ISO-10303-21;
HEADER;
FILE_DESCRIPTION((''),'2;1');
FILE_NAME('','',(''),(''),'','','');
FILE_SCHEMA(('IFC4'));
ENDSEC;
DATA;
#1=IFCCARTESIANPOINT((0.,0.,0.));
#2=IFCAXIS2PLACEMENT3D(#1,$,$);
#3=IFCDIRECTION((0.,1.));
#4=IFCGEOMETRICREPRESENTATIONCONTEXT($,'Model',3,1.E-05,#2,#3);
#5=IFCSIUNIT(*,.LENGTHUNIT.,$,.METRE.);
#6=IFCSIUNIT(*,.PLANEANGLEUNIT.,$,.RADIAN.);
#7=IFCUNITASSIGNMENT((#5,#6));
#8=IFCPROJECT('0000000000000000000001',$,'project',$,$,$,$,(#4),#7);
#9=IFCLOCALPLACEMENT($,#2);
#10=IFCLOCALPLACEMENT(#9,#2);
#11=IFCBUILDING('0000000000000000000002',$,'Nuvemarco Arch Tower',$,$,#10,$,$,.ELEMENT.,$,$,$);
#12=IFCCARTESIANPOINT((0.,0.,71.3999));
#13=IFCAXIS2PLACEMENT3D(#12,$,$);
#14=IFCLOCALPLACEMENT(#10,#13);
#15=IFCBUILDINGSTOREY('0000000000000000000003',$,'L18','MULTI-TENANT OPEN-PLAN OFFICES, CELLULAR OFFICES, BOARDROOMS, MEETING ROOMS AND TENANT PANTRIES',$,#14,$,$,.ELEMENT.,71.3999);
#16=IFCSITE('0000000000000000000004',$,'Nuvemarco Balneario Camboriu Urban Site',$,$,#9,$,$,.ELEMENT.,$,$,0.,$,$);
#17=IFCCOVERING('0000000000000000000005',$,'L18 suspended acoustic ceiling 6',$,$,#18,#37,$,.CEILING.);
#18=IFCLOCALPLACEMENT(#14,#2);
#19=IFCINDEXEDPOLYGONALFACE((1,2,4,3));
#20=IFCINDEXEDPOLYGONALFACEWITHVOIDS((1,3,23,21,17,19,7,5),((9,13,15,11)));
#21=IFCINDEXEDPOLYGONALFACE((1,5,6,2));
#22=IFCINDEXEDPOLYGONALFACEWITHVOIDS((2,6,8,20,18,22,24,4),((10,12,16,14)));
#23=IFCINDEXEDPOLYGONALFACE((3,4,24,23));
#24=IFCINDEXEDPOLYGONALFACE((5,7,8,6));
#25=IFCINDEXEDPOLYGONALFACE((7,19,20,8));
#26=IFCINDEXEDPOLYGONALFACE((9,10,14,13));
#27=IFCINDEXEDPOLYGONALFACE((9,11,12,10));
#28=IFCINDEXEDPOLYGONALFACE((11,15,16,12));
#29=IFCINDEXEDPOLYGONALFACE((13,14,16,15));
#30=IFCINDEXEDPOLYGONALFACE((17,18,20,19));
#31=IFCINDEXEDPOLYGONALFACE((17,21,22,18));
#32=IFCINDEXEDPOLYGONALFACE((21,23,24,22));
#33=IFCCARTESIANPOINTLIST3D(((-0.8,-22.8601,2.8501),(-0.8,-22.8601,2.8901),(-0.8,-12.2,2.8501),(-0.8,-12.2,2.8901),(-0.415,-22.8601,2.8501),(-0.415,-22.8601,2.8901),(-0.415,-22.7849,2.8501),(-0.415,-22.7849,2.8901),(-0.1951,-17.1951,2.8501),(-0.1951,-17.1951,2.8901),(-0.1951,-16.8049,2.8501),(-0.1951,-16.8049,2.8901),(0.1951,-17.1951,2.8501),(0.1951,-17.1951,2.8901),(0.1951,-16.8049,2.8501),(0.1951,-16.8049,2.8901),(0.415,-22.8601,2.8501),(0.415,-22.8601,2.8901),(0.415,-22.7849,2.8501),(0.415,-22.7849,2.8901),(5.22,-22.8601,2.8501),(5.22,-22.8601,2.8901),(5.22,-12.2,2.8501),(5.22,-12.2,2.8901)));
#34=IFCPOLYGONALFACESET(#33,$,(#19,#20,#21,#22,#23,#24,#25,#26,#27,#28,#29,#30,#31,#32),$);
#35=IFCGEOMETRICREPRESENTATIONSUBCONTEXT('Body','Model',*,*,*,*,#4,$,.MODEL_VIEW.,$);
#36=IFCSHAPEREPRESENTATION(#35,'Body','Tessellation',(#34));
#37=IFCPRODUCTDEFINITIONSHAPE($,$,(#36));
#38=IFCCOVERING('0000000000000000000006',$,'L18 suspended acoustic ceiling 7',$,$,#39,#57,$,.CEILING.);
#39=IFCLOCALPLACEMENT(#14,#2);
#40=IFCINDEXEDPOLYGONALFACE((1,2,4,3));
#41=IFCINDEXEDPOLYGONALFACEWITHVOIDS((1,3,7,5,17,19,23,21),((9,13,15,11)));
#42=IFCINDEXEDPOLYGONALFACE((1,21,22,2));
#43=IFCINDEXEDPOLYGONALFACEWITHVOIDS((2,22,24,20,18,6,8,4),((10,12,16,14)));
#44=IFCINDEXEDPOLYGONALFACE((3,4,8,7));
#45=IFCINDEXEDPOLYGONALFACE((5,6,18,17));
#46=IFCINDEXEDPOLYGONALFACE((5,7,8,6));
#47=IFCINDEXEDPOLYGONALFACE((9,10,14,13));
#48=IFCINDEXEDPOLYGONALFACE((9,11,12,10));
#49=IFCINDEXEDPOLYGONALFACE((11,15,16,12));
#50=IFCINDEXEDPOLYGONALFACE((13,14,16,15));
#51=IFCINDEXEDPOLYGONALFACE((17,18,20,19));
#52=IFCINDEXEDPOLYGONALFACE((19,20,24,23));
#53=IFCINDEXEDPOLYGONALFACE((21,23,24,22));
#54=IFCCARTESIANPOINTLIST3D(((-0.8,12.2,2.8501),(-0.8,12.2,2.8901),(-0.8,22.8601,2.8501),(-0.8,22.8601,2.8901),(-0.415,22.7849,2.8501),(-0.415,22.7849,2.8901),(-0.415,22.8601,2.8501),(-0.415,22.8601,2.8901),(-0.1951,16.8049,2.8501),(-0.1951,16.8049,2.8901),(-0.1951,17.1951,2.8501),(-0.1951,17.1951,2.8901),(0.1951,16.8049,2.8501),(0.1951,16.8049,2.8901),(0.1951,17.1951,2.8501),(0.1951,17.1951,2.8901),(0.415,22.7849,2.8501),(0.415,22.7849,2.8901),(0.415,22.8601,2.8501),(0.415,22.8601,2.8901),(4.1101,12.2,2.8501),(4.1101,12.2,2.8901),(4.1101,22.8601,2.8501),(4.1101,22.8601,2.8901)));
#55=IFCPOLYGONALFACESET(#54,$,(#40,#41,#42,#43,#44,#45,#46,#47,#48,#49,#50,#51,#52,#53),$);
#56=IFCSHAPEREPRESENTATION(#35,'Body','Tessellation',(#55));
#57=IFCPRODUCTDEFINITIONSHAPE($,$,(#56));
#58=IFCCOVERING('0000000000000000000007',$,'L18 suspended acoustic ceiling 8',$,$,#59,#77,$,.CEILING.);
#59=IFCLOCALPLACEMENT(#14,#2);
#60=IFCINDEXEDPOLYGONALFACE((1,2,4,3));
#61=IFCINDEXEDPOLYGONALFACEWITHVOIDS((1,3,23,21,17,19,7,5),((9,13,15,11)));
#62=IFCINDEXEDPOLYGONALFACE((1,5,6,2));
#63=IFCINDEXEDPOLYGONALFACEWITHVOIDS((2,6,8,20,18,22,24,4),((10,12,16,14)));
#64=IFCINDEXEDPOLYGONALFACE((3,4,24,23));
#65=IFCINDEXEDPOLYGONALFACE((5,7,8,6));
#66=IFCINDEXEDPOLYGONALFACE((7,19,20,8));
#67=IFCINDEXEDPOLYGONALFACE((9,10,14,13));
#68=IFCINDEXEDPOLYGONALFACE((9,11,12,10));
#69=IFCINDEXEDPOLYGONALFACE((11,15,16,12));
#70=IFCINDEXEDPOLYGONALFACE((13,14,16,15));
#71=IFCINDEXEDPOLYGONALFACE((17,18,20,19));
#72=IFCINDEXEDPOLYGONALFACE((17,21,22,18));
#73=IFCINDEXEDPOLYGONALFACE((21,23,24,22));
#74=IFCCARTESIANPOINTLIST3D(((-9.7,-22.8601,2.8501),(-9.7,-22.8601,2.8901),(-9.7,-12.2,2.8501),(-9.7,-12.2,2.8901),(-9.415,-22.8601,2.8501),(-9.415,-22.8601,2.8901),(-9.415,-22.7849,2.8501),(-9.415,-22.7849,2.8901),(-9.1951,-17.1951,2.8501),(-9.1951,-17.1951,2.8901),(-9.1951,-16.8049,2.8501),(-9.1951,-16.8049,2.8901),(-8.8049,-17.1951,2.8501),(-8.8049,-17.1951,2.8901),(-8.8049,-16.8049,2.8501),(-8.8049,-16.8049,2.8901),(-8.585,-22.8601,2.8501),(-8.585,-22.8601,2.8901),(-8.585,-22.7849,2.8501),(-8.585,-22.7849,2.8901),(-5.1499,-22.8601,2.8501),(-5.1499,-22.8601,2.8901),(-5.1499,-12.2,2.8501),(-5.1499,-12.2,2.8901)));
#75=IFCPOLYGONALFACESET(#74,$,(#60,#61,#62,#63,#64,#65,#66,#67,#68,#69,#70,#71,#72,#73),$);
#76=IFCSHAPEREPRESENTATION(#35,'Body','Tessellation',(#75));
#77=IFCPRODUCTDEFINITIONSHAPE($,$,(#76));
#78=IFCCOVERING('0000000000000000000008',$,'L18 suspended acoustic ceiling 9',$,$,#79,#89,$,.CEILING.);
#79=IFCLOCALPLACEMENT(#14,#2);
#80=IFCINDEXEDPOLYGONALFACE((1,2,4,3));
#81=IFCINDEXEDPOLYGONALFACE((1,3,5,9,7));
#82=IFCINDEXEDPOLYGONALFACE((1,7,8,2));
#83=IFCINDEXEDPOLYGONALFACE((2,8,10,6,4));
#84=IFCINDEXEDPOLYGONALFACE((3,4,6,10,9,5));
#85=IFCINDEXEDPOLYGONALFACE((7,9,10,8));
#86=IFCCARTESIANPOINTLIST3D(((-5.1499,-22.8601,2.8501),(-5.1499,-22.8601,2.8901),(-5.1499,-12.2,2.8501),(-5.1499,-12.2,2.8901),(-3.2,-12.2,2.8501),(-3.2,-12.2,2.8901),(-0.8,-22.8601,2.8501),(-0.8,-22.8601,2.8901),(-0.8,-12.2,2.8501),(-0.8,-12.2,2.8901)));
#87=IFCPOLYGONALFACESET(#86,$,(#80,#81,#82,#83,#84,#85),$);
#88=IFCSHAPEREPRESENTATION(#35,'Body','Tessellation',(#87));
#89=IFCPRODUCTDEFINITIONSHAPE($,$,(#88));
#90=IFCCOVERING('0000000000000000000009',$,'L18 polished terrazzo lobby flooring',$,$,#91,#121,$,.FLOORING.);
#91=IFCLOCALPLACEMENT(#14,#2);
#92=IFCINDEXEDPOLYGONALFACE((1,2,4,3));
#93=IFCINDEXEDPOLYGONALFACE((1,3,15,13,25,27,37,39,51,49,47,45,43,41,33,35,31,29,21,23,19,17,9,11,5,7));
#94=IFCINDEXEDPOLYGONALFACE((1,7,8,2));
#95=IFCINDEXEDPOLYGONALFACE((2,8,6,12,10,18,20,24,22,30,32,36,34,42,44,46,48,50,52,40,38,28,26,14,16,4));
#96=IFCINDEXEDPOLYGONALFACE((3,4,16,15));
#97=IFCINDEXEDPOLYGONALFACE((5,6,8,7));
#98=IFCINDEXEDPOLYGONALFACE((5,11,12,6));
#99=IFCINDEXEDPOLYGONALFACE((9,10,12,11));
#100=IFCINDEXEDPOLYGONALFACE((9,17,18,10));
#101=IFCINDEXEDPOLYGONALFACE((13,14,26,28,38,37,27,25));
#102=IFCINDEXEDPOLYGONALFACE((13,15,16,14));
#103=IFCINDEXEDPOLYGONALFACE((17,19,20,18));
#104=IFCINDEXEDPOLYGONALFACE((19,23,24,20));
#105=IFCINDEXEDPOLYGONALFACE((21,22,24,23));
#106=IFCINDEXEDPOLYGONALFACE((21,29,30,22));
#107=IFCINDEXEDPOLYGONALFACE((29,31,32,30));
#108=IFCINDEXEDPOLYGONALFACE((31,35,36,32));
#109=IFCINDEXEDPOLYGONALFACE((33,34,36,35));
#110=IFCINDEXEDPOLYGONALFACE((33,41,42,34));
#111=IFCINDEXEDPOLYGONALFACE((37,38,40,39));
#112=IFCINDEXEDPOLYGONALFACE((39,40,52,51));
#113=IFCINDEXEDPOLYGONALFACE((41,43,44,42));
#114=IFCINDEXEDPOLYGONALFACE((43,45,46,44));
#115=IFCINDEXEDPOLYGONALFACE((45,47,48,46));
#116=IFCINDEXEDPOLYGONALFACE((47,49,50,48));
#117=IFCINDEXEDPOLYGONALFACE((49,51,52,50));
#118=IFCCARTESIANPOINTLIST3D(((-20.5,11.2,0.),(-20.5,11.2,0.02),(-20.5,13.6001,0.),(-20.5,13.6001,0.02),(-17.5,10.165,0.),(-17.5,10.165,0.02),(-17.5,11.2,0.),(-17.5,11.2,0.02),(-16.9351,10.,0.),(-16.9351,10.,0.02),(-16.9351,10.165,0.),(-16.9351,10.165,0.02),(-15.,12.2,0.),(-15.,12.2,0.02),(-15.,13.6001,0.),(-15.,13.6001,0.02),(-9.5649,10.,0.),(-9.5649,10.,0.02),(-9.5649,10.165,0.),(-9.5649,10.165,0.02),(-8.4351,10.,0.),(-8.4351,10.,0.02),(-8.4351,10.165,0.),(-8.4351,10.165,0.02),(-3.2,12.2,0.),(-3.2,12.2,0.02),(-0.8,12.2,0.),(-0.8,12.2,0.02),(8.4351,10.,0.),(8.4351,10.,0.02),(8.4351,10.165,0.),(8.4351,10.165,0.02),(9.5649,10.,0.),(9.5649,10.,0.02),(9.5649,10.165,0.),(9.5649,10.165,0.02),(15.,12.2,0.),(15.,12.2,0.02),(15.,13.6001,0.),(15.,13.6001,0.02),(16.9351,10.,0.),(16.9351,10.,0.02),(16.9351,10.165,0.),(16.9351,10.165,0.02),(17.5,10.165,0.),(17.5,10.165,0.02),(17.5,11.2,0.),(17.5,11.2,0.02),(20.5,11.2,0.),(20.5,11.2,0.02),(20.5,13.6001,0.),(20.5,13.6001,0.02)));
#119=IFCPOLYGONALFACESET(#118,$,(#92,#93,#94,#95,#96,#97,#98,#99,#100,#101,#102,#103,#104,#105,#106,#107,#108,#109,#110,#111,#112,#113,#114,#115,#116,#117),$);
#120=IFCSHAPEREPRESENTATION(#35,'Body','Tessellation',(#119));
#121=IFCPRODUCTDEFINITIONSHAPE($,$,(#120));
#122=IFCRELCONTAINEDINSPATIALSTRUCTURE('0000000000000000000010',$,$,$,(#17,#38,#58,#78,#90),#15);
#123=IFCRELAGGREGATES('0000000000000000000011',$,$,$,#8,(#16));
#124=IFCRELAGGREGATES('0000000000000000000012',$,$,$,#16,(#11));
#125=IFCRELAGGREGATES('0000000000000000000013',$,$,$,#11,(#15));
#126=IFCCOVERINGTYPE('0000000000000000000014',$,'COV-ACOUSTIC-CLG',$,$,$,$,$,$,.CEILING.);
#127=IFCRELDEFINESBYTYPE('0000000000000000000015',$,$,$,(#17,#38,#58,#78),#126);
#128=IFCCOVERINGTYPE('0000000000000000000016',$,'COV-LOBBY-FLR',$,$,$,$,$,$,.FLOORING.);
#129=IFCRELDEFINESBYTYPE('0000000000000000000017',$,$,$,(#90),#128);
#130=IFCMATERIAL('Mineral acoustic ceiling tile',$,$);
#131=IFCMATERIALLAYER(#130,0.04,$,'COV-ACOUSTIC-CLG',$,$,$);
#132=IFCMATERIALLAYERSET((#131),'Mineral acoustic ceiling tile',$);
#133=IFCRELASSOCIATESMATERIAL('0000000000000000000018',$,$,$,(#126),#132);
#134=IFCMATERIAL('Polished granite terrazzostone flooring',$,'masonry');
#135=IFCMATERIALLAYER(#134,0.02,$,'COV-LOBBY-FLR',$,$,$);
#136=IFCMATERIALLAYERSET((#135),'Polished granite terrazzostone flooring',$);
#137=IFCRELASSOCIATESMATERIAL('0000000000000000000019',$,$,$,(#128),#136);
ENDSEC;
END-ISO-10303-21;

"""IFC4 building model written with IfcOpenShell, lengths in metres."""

from ifc_helpers import new_model, si_unit, direction, frame, origin, place, context, subcontext, project, spatial, polyline, outline, extrude, material, layer, layer_set, type_object, element, save


model = new_model("IFC4")

# Units and contexts
model_context = context("Model", 3, precision=1e-05, world=origin(), true_north=direction((0.0, 1.0)))
body_context = subcontext(model_context, "Body", "Model", "MODEL_VIEW")
ifc_project = project(units=[si_unit("LENGTHUNIT", "METRE"), si_unit("PLANEANGLEUNIT", "RADIAN")], contexts=[model_context])

# Site, building, storey
site_placement = place(None, origin())
site = spatial("IfcSite", under=ifc_project, at=site_placement, Name="Nuvemarco Balneario Camboriu Urban Site", CompositionType="ELEMENT", RefElevation=0.0)
building_placement = place(site_placement, origin())
building = spatial("IfcBuilding", under=site, at=building_placement, Name="Nuvemarco Arch Tower", CompositionType="ELEMENT")
storey_placement = place(building_placement, frame((0.0, 0.0, 71.3999)))
storey = spatial("IfcBuildingStorey", under=building, at=storey_placement, Name="L18", Description="MULTI-TENANT OPEN-PLAN OFFICES, CELLULAR OFFICES, BOARDROOMS, MEETING ROOMS AND TENANT PANTRIES", CompositionType="ELEMENT", Elevation=71.3999)

# Coverings
ifc_material_1 = material(Name="Mineral acoustic ceiling tile")
ifc_layer_1 = layer(ifc_material_1, 0.04, Name="COV-ACOUSTIC-CLG")
ifc_layer_set_1 = layer_set([ifc_layer_1], Name="Mineral acoustic ceiling tile")
covering_type_1 = type_object("IfcCoveringType", Name="COV-ACOUSTIC-CLG", PredefinedType="CEILING", material=ifc_layer_set_1)
covering_1_placement = place(storey_placement, frame((0.0, 0.0, 2.8501)))
element("IfcCovering", 1, at=covering_1_placement, inside=storey, type_object=covering_type_1, Name="L18 suspended acoustic ceiling 6", PredefinedType="CEILING", context=body_context, shape_type="SweptSolid", body=[
    extrude(outline(polyline([(0.415, -22.8601), (0.415, -22.7849), (-0.415, -22.7849), (-0.415, -22.8601), (-0.8, -22.8601), (-0.8, -12.2), (5.22, -12.2), (5.22, -22.8601), (0.415, -22.8601)]), holes=[polyline([(0.1951, -17.1951), (0.1951, -16.8049), (-0.1951, -16.8049), (-0.1951, -17.1951), (0.1951, -17.1951)])]), origin(), (0.0, 0.0, 1.0), 0.04),
])
covering_2_placement = place(storey_placement, frame((0.0, 0.0, 2.8501)))
element("IfcCovering", 2, at=covering_2_placement, inside=storey, type_object=covering_type_1, Name="L18 suspended acoustic ceiling 7", PredefinedType="CEILING", context=body_context, shape_type="SweptSolid", body=[
    extrude(outline(polyline([(4.1101, 12.2), (-0.8, 12.2), (-0.8, 22.8601), (-0.415, 22.8601), (-0.415, 22.7849), (0.415, 22.7849), (0.415, 22.8601), (4.1101, 22.8601), (4.1101, 12.2)]), holes=[polyline([(0.1951, 16.8049), (0.1951, 17.1951), (-0.1951, 17.1951), (-0.1951, 16.8049), (0.1951, 16.8049)])]), origin(), (0.0, 0.0, 1.0), 0.04),
])
covering_3_placement = place(storey_placement, frame((0.0, 0.0, 2.8501)))
element("IfcCovering", 3, at=covering_3_placement, inside=storey, type_object=covering_type_1, Name="L18 suspended acoustic ceiling 8", PredefinedType="CEILING", context=body_context, shape_type="SweptSolid", body=[
    extrude(outline(polyline([(-8.585, -22.8601), (-8.585, -22.7849), (-9.415, -22.7849), (-9.415, -22.8601), (-9.7, -22.8601), (-9.7, -12.2), (-5.1499, -12.2), (-5.1499, -22.8601), (-8.585, -22.8601)]), holes=[polyline([(-8.8049, -17.1951), (-8.8049, -16.8049), (-9.1951, -16.8049), (-9.1951, -17.1951), (-8.8049, -17.1951)])]), origin(), (0.0, 0.0, 1.0), 0.04),
])
covering_4_placement = place(storey_placement, frame((0.0, 0.0, 2.8501)))
element("IfcCovering", 4, at=covering_4_placement, inside=storey, type_object=covering_type_1, Name="L18 suspended acoustic ceiling 9", PredefinedType="CEILING", context=body_context, shape_type="SweptSolid", body=[
    extrude(outline(polyline([(-0.8, -22.8601), (-5.1499, -22.8601), (-5.1499, -12.2), (-3.2, -12.2), (-0.8, -12.2), (-0.8, -22.8601)])), origin(), (0.0, 0.0, 1.0), 0.04),
])
ifc_material_2 = material(Name="Polished granite terrazzostone flooring", Category="masonry")
ifc_layer_2 = layer(ifc_material_2, 0.02, Name="COV-LOBBY-FLR")
ifc_layer_set_2 = layer_set([ifc_layer_2], Name="Polished granite terrazzostone flooring")
covering_type_2 = type_object("IfcCoveringType", Name="COV-LOBBY-FLR", PredefinedType="FLOORING", material=ifc_layer_set_2)
covering_5_placement = place(storey_placement, origin())
element("IfcCovering", 5, at=covering_5_placement, inside=storey, type_object=covering_type_2, Name="L18 polished terrazzo lobby flooring", PredefinedType="FLOORING", context=body_context, shape_type="SweptSolid", body=[
    extrude(outline(polyline([(-8.4351, 10.165), (-9.5649, 10.165), (-9.5649, 10.0), (-16.9351, 10.0), (-16.9351, 10.165), (-17.5, 10.165), (-17.5, 11.2), (-20.5, 11.2), (-20.5, 13.6001), (-15.0, 13.6001), (-15.0, 12.2), (-3.2, 12.2), (-0.8, 12.2), (15.0, 12.2), (15.0, 13.6001), (20.5, 13.6001), (20.5, 11.2), (17.5, 11.2), (17.5, 10.165), (16.9351, 10.165), (16.9351, 10.0), (9.5649, 10.0), (9.5649, 10.165), (8.4351, 10.165), (8.4351, 10.0), (-8.4351, 10.0), (-8.4351, 10.165)])), origin(), (0.0, 0.0, 1.0), 0.02),
])

save(model, "model.ifc")
